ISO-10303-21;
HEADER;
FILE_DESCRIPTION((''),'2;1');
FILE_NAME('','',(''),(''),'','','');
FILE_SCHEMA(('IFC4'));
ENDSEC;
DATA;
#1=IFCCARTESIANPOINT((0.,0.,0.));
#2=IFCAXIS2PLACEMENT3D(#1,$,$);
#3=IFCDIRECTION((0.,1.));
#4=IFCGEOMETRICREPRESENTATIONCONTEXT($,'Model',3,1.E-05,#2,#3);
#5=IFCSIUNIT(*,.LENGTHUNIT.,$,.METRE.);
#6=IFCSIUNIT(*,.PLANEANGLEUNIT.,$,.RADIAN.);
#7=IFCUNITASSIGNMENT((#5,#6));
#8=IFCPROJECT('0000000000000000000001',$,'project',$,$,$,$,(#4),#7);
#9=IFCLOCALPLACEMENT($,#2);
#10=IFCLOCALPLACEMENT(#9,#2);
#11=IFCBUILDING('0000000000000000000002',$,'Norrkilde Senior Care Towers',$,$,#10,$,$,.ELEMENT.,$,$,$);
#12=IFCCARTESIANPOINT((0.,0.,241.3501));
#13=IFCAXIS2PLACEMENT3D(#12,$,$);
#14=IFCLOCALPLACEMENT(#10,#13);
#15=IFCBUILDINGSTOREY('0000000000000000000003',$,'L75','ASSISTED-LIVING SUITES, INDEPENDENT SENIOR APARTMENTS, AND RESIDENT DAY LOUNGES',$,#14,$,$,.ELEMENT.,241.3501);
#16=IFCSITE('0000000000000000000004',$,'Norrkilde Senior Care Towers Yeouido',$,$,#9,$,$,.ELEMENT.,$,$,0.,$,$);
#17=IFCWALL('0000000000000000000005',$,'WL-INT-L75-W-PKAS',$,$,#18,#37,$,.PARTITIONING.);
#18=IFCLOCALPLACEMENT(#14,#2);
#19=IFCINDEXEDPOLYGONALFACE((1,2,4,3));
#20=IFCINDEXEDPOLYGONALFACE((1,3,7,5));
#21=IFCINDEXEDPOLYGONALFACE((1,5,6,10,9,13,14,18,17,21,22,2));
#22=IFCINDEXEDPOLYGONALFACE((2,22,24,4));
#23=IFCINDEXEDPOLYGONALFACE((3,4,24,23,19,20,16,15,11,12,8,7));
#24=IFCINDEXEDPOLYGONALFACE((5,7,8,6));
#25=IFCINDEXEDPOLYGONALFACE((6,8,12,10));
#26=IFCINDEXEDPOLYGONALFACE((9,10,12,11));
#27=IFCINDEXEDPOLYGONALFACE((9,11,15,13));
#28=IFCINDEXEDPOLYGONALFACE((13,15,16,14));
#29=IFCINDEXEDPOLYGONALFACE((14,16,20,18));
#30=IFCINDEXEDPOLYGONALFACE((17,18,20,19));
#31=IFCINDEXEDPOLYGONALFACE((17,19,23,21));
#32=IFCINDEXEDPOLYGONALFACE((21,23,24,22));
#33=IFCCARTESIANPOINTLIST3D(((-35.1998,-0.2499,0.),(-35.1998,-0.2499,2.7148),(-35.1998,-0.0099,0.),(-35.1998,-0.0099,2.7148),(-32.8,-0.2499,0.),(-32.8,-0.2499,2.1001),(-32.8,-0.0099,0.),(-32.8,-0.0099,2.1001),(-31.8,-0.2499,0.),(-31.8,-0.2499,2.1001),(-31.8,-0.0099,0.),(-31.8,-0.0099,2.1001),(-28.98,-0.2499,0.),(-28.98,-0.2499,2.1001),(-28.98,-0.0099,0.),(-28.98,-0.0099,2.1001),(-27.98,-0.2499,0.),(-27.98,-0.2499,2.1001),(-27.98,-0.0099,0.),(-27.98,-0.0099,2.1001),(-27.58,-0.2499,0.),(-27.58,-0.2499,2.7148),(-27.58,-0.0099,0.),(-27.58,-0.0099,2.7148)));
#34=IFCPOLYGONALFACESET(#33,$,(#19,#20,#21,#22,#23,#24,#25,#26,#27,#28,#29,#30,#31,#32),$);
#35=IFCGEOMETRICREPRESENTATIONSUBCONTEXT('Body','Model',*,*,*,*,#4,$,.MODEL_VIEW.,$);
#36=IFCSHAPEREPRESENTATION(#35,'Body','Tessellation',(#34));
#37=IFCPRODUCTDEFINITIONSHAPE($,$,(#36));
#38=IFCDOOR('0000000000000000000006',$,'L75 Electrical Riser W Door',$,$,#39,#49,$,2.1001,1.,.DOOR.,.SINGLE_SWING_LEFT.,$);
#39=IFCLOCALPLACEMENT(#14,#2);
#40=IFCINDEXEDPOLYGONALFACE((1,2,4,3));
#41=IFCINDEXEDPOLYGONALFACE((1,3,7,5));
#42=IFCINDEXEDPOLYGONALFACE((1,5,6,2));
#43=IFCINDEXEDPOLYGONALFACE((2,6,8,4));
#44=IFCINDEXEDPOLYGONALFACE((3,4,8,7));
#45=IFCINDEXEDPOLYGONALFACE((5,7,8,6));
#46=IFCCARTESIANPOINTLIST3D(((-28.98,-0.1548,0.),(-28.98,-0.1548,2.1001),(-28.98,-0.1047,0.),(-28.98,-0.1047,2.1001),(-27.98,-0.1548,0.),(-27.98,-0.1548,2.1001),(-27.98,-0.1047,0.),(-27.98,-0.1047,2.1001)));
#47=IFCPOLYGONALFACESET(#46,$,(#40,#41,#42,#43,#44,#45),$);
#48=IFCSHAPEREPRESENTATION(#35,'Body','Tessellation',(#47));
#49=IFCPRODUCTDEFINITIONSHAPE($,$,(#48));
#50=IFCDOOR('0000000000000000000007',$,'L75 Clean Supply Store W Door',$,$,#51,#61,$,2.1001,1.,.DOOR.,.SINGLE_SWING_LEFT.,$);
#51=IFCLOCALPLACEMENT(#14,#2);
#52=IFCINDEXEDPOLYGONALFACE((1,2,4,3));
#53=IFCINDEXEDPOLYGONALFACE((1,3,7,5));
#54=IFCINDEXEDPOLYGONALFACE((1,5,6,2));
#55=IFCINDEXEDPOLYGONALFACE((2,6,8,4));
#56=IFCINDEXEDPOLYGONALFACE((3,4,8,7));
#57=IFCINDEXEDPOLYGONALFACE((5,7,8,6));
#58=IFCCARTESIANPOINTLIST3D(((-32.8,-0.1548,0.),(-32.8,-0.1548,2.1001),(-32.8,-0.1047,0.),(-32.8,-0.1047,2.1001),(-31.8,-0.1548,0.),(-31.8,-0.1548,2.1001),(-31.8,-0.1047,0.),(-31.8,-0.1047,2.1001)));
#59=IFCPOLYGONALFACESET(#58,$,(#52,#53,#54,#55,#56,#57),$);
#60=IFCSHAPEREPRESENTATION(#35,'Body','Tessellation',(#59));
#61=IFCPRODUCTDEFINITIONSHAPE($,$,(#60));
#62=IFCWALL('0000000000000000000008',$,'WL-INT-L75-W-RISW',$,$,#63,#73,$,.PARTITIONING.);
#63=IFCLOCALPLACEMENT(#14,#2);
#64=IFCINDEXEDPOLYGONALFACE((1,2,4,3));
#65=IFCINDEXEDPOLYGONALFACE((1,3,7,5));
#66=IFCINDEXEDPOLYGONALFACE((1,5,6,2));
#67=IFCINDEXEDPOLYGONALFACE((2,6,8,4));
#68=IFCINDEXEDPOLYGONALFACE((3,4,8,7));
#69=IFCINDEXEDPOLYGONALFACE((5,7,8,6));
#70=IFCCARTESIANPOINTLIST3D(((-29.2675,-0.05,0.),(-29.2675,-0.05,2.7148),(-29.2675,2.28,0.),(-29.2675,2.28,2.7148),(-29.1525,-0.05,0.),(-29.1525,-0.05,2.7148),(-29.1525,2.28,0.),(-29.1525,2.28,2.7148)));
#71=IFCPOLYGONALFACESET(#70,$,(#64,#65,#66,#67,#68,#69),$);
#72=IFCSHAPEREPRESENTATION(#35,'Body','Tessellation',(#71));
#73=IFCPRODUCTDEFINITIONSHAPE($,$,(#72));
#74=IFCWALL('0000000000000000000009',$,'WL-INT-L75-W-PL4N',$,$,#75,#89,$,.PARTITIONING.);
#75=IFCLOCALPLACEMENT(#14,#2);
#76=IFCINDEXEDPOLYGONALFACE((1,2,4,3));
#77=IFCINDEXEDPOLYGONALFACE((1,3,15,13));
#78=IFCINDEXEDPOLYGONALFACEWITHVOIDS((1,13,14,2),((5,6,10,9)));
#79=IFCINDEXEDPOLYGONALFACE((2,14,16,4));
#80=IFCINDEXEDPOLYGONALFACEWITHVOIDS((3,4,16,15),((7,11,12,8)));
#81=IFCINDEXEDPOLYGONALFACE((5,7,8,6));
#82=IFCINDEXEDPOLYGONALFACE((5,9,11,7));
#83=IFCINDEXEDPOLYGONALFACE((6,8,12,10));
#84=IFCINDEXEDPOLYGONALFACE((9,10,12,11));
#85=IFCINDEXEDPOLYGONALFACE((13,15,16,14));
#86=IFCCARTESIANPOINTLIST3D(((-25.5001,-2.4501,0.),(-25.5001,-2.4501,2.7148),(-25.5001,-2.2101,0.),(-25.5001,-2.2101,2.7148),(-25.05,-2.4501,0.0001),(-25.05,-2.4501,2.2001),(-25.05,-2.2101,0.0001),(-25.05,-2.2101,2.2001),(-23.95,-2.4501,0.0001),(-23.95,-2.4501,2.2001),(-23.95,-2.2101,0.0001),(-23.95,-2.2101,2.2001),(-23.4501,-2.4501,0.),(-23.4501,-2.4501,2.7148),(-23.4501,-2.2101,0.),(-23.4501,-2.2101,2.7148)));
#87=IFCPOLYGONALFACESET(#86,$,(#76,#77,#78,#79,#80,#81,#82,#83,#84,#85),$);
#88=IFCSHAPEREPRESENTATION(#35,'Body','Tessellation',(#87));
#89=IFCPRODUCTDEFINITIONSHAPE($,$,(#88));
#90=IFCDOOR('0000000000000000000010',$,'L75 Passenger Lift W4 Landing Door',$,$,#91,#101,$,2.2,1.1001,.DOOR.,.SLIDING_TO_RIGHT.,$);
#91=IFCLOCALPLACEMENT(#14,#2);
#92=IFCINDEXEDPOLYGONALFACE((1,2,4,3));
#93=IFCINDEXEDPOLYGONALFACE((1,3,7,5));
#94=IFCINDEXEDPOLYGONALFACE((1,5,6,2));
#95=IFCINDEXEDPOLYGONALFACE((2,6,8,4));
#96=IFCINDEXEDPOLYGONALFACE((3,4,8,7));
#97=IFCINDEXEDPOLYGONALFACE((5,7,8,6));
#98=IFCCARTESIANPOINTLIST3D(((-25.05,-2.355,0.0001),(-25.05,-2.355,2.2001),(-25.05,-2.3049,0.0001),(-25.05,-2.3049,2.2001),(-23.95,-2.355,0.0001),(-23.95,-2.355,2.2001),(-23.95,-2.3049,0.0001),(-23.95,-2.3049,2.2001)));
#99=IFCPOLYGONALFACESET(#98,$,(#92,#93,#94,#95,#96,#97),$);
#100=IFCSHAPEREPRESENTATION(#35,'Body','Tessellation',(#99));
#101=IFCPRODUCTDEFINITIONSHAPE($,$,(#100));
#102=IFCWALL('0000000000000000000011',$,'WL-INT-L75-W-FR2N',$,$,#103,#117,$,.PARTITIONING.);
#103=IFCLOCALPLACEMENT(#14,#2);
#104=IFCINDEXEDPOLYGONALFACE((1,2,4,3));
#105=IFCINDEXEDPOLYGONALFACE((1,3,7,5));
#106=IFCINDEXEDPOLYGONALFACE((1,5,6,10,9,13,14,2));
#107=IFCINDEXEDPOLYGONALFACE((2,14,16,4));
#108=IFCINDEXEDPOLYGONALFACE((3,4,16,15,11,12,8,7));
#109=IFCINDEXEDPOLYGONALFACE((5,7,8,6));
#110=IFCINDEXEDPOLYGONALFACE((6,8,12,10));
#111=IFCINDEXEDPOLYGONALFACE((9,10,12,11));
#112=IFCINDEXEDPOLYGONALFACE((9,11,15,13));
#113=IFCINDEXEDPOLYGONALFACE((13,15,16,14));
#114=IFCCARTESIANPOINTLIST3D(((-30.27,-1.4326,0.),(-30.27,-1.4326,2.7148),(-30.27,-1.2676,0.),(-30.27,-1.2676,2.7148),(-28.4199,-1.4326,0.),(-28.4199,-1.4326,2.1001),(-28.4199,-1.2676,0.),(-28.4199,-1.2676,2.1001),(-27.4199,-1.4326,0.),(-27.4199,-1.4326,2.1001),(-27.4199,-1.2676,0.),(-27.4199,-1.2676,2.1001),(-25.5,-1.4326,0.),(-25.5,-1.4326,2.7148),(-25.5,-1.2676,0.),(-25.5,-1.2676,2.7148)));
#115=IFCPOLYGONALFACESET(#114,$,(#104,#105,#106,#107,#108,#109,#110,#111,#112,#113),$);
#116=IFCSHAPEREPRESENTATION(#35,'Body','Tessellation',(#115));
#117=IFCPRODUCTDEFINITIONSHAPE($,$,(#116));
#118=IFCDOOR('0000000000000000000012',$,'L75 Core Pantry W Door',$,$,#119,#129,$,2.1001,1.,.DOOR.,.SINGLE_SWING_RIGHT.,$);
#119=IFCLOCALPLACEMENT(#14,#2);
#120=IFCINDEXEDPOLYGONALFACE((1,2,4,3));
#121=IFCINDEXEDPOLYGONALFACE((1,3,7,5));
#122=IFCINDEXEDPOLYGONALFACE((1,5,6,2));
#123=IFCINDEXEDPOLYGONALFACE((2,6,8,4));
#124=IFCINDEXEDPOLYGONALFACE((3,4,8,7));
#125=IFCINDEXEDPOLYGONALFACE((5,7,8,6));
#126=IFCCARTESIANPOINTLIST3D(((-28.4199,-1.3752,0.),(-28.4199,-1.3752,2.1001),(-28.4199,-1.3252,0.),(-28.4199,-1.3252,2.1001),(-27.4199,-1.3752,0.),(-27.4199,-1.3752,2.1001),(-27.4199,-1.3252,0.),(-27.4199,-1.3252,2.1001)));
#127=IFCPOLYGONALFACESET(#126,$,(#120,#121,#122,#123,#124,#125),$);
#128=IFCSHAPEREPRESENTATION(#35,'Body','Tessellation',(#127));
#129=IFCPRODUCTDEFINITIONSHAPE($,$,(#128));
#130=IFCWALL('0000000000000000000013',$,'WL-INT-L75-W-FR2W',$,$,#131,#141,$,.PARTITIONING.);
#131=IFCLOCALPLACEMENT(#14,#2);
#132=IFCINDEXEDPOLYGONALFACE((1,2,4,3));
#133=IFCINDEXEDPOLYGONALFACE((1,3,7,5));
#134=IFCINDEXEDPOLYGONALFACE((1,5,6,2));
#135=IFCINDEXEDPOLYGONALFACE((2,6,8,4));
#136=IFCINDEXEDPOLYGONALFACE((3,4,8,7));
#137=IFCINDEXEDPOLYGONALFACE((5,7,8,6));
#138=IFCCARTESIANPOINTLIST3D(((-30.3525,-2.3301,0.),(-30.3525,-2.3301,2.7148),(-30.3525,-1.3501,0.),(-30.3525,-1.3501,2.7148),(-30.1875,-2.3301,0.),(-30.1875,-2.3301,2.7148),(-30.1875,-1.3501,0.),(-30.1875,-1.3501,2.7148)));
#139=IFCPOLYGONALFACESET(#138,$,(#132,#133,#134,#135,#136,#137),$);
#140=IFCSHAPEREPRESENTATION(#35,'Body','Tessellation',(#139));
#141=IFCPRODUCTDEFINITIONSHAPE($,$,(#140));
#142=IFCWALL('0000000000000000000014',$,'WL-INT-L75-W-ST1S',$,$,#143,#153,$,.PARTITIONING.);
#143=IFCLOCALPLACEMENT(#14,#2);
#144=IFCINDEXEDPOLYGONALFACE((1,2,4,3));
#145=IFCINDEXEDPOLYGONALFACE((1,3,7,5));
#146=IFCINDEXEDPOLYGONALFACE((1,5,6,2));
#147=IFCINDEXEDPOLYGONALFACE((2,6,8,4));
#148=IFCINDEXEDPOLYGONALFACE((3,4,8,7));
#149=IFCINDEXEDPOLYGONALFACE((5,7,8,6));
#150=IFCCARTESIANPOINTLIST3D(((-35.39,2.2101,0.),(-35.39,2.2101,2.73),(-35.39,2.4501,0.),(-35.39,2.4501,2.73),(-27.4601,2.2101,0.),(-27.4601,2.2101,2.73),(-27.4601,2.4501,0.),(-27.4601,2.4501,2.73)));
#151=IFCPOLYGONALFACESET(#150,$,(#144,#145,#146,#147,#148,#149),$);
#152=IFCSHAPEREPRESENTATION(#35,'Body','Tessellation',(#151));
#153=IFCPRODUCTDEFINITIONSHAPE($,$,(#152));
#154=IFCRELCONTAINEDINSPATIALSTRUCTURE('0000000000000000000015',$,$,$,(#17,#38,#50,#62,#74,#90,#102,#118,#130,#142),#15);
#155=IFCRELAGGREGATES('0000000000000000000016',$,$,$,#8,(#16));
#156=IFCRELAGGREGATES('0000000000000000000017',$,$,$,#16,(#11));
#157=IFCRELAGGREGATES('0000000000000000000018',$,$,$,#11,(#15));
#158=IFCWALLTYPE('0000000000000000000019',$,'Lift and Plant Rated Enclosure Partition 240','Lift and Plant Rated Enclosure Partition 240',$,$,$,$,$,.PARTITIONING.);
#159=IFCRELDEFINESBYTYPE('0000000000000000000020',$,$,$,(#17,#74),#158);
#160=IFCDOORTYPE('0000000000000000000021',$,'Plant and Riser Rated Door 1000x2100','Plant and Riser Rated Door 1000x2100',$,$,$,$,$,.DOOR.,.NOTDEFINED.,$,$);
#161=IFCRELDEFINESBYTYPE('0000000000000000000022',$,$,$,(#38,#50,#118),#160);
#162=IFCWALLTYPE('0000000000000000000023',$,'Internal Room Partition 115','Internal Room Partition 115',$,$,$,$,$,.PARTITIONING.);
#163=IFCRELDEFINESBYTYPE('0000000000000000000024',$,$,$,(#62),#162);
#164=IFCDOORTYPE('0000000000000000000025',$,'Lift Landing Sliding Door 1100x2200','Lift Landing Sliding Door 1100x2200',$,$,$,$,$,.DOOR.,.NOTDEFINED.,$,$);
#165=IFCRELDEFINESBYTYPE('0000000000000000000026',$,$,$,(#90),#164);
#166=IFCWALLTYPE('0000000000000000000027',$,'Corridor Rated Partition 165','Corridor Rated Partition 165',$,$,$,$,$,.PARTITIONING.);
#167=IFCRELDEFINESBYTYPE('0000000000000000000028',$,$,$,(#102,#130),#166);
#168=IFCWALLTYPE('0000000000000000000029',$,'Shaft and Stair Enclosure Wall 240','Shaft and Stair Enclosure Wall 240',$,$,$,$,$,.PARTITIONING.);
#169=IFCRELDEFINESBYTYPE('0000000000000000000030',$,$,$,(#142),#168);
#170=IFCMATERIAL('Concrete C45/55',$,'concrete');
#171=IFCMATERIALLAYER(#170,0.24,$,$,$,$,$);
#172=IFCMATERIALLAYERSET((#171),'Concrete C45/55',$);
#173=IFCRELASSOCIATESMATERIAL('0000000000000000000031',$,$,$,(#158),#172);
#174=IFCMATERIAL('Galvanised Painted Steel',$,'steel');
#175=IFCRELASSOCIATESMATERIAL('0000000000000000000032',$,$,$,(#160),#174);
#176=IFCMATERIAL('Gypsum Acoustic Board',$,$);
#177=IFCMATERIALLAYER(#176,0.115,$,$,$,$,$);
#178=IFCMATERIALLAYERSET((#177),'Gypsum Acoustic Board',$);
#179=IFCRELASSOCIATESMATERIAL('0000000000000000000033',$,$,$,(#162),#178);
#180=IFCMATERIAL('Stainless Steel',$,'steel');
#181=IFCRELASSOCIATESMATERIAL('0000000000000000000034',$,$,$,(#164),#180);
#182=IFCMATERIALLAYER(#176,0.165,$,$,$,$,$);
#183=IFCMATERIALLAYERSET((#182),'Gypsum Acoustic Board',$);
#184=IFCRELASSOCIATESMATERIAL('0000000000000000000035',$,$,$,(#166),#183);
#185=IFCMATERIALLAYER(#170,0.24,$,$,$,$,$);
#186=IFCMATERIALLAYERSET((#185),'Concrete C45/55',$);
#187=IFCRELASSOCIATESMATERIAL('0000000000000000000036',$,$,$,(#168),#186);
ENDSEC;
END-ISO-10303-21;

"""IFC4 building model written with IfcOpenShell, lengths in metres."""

from ifc_helpers import new_model, si_unit, direction, frame, frame_2d, origin, place, context, subcontext, project, spatial, rectangle, extrude, source, transform, mapped, material, layer, layer_set, type_object, type_shapes, element, fill, save


model = new_model("IFC4")

# Units and contexts
model_context = context("Model", 3, precision=1e-05, world=origin(), true_north=direction((0.0, 1.0)))
body_context = subcontext(model_context, "Body", "Model", "MODEL_VIEW")
ifc_project = project(units=[si_unit("LENGTHUNIT", "METRE"), si_unit("PLANEANGLEUNIT", "RADIAN")], contexts=[model_context])

# Site, building, storey
site_placement = place(None, origin())
site = spatial("IfcSite", under=ifc_project, at=site_placement, Name="Norrkilde Senior Care Towers Yeouido", CompositionType="ELEMENT", RefElevation=0.0)
building_placement = place(site_placement, origin())
building = spatial("IfcBuilding", under=site, at=building_placement, Name="Norrkilde Senior Care Towers", CompositionType="ELEMENT")
storey_placement = place(building_placement, frame((0.0, 0.0, 241.3501)))
storey = spatial("IfcBuildingStorey", under=building, at=storey_placement, Name="L75", Description="ASSISTED-LIVING SUITES, INDEPENDENT SENIOR APARTMENTS, AND RESIDENT DAY LOUNGES", CompositionType="ELEMENT", Elevation=241.3501)

# Shared definitions
ifc_material_1 = material(Name="Concrete C45/55", Category="concrete")
ifc_material_2 = material(Name="Galvanised Painted Steel", Category="steel")

# Wall, openings, doors
ifc_layer_1 = layer(ifc_material_1, 0.24)
ifc_layer_set_1 = layer_set([ifc_layer_1], Name="Concrete C45/55")
wall_type_1 = type_object("IfcWallType", Name="Lift and Plant Rated Enclosure Partition 240", Description="Lift and Plant Rated Enclosure Partition 240", PredefinedType="PARTITIONING", material=ifc_layer_set_1)
shared_shape_1 = source(origin(), body_context, "Body", "SweptSolid", [
    extrude(rectangle(XDim=7.6199, YDim=0.24, at=frame_2d((3.8101, 0.0))), origin(), (0.0, 0.0, 1.0), 2.7148),
])
wall_1_placement = place(storey_placement, frame((-35.2, -0.1299, 0.0), z_axis=(0.0, 0.0, 1.0), x_axis=(1.0, 0.0, 0.0)))
wall_1 = element("IfcWall", 1, at=wall_1_placement, inside=storey, type_object=wall_type_1, Name="WL-INT-L75-W-PKAS", PredefinedType="PARTITIONING", context=body_context, shape_type="MappedRepresentation", body=[
    mapped(shared_shape_1, transform((0.0, 0.0, 0.0), x_axis=(1.0, 0.0, 0.0), y_axis=(0.0, 1.0, 0.0), z_axis=(0.0, 0.0, 1.0), scale=1.0)),
])
opening_1_placement = place(wall_1_placement, frame((6.22, 0.0, 0.0)))
opening_1 = element("IfcOpeningElement", 2, at=opening_1_placement, cuts=wall_1, PredefinedType="OPENING", context=body_context, shape_type="SweptSolid", body=[
    extrude(rectangle(XDim=1.0, YDim=2.1001, at=frame_2d((0.5, 1.05))), frame((0.0, 0.1299, 0.0), z_axis=(0.0, -1.0, 0.0), x_axis=(1.0, 0.0, 0.0)), (0.0, 0.0, 1.0), 0.26),
])
opening_2_placement = place(wall_1_placement, frame((2.3999, 0.0, 0.0)))
opening_2 = element("IfcOpeningElement", 3, at=opening_2_placement, cuts=wall_1, PredefinedType="OPENING", context=body_context, shape_type="SweptSolid", body=[
    extrude(rectangle(XDim=1.0, YDim=2.1001, at=frame_2d((0.5, 1.05))), frame((0.0, 0.1299, 0.0), z_axis=(0.0, -1.0, 0.0), x_axis=(1.0, 0.0, 0.0)), (0.0, 0.0, 1.0), 0.26),
])
door_type_1 = type_object("IfcDoorType", Name="Plant and Riser Rated Door 1000x2100", Description="Plant and Riser Rated Door 1000x2100", OperationType="NOTDEFINED", PredefinedType="DOOR", material=ifc_material_2)
shared_shape_2 = source(origin(), body_context, "Body", "SweptSolid", [
    extrude(rectangle(XDim=1.0, YDim=2.1001, at=frame_2d((0.5, 1.05))), frame((0.0, 0.0249, 0.0), z_axis=(0.0, -1.0, 0.0), x_axis=(1.0, 0.0, 0.0)), (0.0, 0.0, 1.0), 0.05),
])
type_shapes(door_type_1, [shared_shape_2])
door_1_placement = place(opening_1_placement, frame((1.0, 0.0, 0.0), z_axis=(0.0, 0.0, 1.0), x_axis=(-1.0, 0.0, 0.0)))
door_1 = element("IfcDoor", 4, at=door_1_placement, inside=storey, type_object=door_type_1, Name="L75 Electrical Riser W Door", OperationType="SINGLE_SWING_LEFT", OverallHeight=2.1001, OverallWidth=1.0, PredefinedType="DOOR", context=body_context, shape_type="MappedRepresentation", body=[
    mapped(shared_shape_2, transform((0.0, 0.0, 0.0), x_axis=(1.0, 0.0, 0.0), y_axis=(0.0, 1.0, 0.0), z_axis=(0.0, 0.0, 1.0), scale=1.0)),
])
fill(opening_1, door_1)
door_2_placement = place(opening_2_placement, frame((1.0, 0.0, 0.0), z_axis=(0.0, 0.0, 1.0), x_axis=(-1.0, 0.0, 0.0)))
door_2 = element("IfcDoor", 5, at=door_2_placement, inside=storey, type_object=door_type_1, Name="L75 Clean Supply Store W Door", OperationType="SINGLE_SWING_LEFT", OverallHeight=2.1001, OverallWidth=1.0, PredefinedType="DOOR", context=body_context, shape_type="MappedRepresentation", body=[
    mapped(shared_shape_2, transform((0.0, 0.0, 0.0), x_axis=(1.0, 0.0, 0.0), y_axis=(0.0, 1.0, 0.0), z_axis=(0.0, 0.0, 1.0), scale=1.0)),
])
fill(opening_2, door_2)

# Wall
ifc_material_3 = material(Name="Gypsum Acoustic Board")
ifc_layer_2 = layer(ifc_material_3, 0.115)
ifc_layer_set_2 = layer_set([ifc_layer_2], Name="Gypsum Acoustic Board")
wall_type_2 = type_object("IfcWallType", Name="Internal Room Partition 115", Description="Internal Room Partition 115", PredefinedType="PARTITIONING", material=ifc_layer_set_2)
shared_shape_3 = source(origin(), body_context, "Body", "SweptSolid", [
    extrude(rectangle(XDim=2.3301, YDim=0.115, at=frame_2d((1.165, 0.0))), origin(), (0.0, 0.0, 1.0), 2.7148),
])
type_shapes(wall_type_2, [shared_shape_3])
wall_2_placement = place(storey_placement, frame((-29.21, -0.05, 0.0), z_axis=(0.0, 0.0, 1.0), x_axis=(0.0, 1.0, 0.0)))
element("IfcWall", 6, at=wall_2_placement, inside=storey, type_object=wall_type_2, Name="WL-INT-L75-W-RISW", PredefinedType="PARTITIONING", context=body_context, shape_type="MappedRepresentation", body=[
    mapped(shared_shape_3, transform((0.0, 0.0, 0.0), x_axis=(1.0, 0.0, 0.0), y_axis=(0.0, 1.0, 0.0), z_axis=(0.0, 0.0, 1.0), scale=1.0)),
])

# Walls, openings, doors
shared_shape_4 = source(origin(), body_context, "Body", "SweptSolid", [
    extrude(rectangle(XDim=2.05, YDim=0.24, at=frame_2d((1.0249, 0.0))), origin(), (0.0, 0.0, 1.0), 2.7148),
])
type_shapes(wall_type_1, [shared_shape_1, shared_shape_4])
wall_3_placement = place(storey_placement, frame((-25.5, -2.3301, 0.0), z_axis=(0.0, 0.0, 1.0), x_axis=(1.0, 0.0, 0.0)))
wall_3 = element("IfcWall", 7, at=wall_3_placement, inside=storey, type_object=wall_type_1, Name="WL-INT-L75-W-PL4N", PredefinedType="PARTITIONING", context=body_context, shape_type="MappedRepresentation", body=[
    mapped(shared_shape_4, transform((0.0, 0.0, 0.0), x_axis=(1.0, 0.0, 0.0), y_axis=(0.0, 1.0, 0.0), z_axis=(0.0, 0.0, 1.0), scale=1.0)),
])
opening_3_placement = place(wall_3_placement, frame((0.45, 0.0, 0.0)))
opening_3 = element("IfcOpeningElement", 8, at=opening_3_placement, cuts=wall_3, PredefinedType="OPENING", context=body_context, shape_type="SweptSolid", body=[
    extrude(rectangle(XDim=1.1001, YDim=2.2, at=frame_2d((0.55, 1.1001))), frame((0.0, 0.1299, 0.0), z_axis=(0.0, -1.0, 0.0), x_axis=(1.0, 0.0, 0.0)), (0.0, 0.0, 1.0), 0.26),
])
ifc_material_4 = material(Name="Stainless Steel", Category="steel")
door_type_2 = type_object("IfcDoorType", Name="Lift Landing Sliding Door 1100x2200", Description="Lift Landing Sliding Door 1100x2200", OperationType="NOTDEFINED", PredefinedType="DOOR", material=ifc_material_4)
shared_shape_5 = source(origin(), body_context, "Body", "SweptSolid", [
    extrude(rectangle(XDim=1.1001, YDim=2.2, at=frame_2d((0.55, 1.1001))), frame((0.0, 0.0249, 0.0), z_axis=(0.0, -1.0, 0.0), x_axis=(1.0, 0.0, 0.0)), (0.0, 0.0, 1.0), 0.05),
])
type_shapes(door_type_2, [shared_shape_5])
door_3_placement = place(opening_3_placement, frame((1.1001, 0.0, 0.0), z_axis=(0.0, 0.0, 1.0), x_axis=(-1.0, 0.0, 0.0)))
door_3 = element("IfcDoor", 9, at=door_3_placement, inside=storey, type_object=door_type_2, Name="L75 Passenger Lift W4 Landing Door", OperationType="SLIDING_TO_RIGHT", OverallHeight=2.2, OverallWidth=1.1001, PredefinedType="DOOR", context=body_context, shape_type="MappedRepresentation", body=[
    mapped(shared_shape_5, transform((0.0, 0.0, 0.0), x_axis=(1.0, 0.0, 0.0), y_axis=(0.0, 1.0, 0.0), z_axis=(0.0, 0.0, 1.0), scale=1.0)),
])
fill(opening_3, door_3)
ifc_layer_3 = layer(ifc_material_3, 0.165)
ifc_layer_set_3 = layer_set([ifc_layer_3], Name="Gypsum Acoustic Board")
wall_type_3 = type_object("IfcWallType", Name="Corridor Rated Partition 165", Description="Corridor Rated Partition 165", PredefinedType="PARTITIONING", material=ifc_layer_set_3)
shared_shape_6 = source(origin(), body_context, "Body", "SweptSolid", [
    extrude(rectangle(XDim=4.77, YDim=0.165, at=frame_2d((2.385, 0.0))), origin(), (0.0, 0.0, 1.0), 2.7148),
])
wall_4_placement = place(storey_placement, frame((-30.27, -1.3501, 0.0), z_axis=(0.0, 0.0, 1.0), x_axis=(1.0, 0.0, 0.0)))
wall_4 = element("IfcWall", 10, at=wall_4_placement, inside=storey, type_object=wall_type_3, Name="WL-INT-L75-W-FR2N", PredefinedType="PARTITIONING", context=body_context, shape_type="MappedRepresentation", body=[
    mapped(shared_shape_6, transform((0.0, 0.0, 0.0), x_axis=(1.0, 0.0, 0.0), y_axis=(0.0, 1.0, 0.0), z_axis=(0.0, 0.0, 1.0), scale=1.0)),
])
opening_4_placement = place(wall_4_placement, frame((1.8501, 0.0, 0.0)))
opening_4 = element("IfcOpeningElement", 11, at=opening_4_placement, cuts=wall_4, PredefinedType="OPENING", context=body_context, shape_type="SweptSolid", body=[
    extrude(rectangle(XDim=1.0, YDim=2.1001, at=frame_2d((0.5, 1.05))), frame((0.0, 0.0925, 0.0), z_axis=(0.0, -1.0, 0.0), x_axis=(1.0, 0.0, 0.0)), (0.0, 0.0, 1.0), 0.1851),
])
door_4_placement = place(opening_4_placement, origin())
door_4 = element("IfcDoor", 12, at=door_4_placement, inside=storey, type_object=door_type_1, Name="L75 Core Pantry W Door", OperationType="SINGLE_SWING_RIGHT", OverallHeight=2.1001, OverallWidth=1.0, PredefinedType="DOOR", context=body_context, shape_type="MappedRepresentation", body=[
    mapped(shared_shape_2, transform((0.0, 0.0, 0.0), x_axis=(1.0, 0.0, 0.0), y_axis=(0.0, 1.0, 0.0), z_axis=(0.0, 0.0, 1.0), scale=1.0)),
])
fill(opening_4, door_4)

# Walls
shared_shape_7 = source(origin(), body_context, "Body", "SweptSolid", [
    extrude(rectangle(XDim=0.98, YDim=0.165, at=frame_2d((0.49, 0.0))), origin(), (0.0, 0.0, 1.0), 2.7148),
])
type_shapes(wall_type_3, [shared_shape_6, shared_shape_7])
wall_5_placement = place(storey_placement, frame((-30.27, -2.3301, 0.0), z_axis=(0.0, 0.0, 1.0), x_axis=(0.0, 1.0, 0.0)))
element("IfcWall", 13, at=wall_5_placement, inside=storey, type_object=wall_type_3, Name="WL-INT-L75-W-FR2W", PredefinedType="PARTITIONING", context=body_context, shape_type="MappedRepresentation", body=[
    mapped(shared_shape_7, transform((0.0, 0.0, 0.0), x_axis=(1.0, 0.0, 0.0), y_axis=(0.0, 1.0, 0.0), z_axis=(0.0, 0.0, 1.0), scale=1.0)),
])
ifc_layer_4 = layer(ifc_material_1, 0.24)
ifc_layer_set_4 = layer_set([ifc_layer_4], Name="Concrete C45/55")
wall_type_4 = type_object("IfcWallType", Name="Shaft and Stair Enclosure Wall 240", Description="Shaft and Stair Enclosure Wall 240", PredefinedType="PARTITIONING", material=ifc_layer_set_4)
shared_shape_8 = source(origin(), body_context, "Body", "SweptSolid", [
    extrude(rectangle(XDim=7.9299, YDim=0.24, at=frame_2d((3.9648, 0.0))), origin(), (0.0, 0.0, 1.0), 2.73),
])
type_shapes(wall_type_4, [shared_shape_8])
wall_6_placement = place(storey_placement, frame((-35.3899, 2.3301, 0.0), z_axis=(0.0, 0.0, 1.0), x_axis=(1.0, 0.0, 0.0)))
element("IfcWall", 14, at=wall_6_placement, inside=storey, type_object=wall_type_4, Name="WL-INT-L75-W-ST1S", PredefinedType="PARTITIONING", context=body_context, shape_type="MappedRepresentation", body=[
    mapped(shared_shape_8, transform((0.0, 0.0, 0.0), x_axis=(1.0, 0.0, 0.0), y_axis=(0.0, 1.0, 0.0), z_axis=(0.0, 0.0, 1.0), scale=1.0)),
])

save(model, "model.ifc")
